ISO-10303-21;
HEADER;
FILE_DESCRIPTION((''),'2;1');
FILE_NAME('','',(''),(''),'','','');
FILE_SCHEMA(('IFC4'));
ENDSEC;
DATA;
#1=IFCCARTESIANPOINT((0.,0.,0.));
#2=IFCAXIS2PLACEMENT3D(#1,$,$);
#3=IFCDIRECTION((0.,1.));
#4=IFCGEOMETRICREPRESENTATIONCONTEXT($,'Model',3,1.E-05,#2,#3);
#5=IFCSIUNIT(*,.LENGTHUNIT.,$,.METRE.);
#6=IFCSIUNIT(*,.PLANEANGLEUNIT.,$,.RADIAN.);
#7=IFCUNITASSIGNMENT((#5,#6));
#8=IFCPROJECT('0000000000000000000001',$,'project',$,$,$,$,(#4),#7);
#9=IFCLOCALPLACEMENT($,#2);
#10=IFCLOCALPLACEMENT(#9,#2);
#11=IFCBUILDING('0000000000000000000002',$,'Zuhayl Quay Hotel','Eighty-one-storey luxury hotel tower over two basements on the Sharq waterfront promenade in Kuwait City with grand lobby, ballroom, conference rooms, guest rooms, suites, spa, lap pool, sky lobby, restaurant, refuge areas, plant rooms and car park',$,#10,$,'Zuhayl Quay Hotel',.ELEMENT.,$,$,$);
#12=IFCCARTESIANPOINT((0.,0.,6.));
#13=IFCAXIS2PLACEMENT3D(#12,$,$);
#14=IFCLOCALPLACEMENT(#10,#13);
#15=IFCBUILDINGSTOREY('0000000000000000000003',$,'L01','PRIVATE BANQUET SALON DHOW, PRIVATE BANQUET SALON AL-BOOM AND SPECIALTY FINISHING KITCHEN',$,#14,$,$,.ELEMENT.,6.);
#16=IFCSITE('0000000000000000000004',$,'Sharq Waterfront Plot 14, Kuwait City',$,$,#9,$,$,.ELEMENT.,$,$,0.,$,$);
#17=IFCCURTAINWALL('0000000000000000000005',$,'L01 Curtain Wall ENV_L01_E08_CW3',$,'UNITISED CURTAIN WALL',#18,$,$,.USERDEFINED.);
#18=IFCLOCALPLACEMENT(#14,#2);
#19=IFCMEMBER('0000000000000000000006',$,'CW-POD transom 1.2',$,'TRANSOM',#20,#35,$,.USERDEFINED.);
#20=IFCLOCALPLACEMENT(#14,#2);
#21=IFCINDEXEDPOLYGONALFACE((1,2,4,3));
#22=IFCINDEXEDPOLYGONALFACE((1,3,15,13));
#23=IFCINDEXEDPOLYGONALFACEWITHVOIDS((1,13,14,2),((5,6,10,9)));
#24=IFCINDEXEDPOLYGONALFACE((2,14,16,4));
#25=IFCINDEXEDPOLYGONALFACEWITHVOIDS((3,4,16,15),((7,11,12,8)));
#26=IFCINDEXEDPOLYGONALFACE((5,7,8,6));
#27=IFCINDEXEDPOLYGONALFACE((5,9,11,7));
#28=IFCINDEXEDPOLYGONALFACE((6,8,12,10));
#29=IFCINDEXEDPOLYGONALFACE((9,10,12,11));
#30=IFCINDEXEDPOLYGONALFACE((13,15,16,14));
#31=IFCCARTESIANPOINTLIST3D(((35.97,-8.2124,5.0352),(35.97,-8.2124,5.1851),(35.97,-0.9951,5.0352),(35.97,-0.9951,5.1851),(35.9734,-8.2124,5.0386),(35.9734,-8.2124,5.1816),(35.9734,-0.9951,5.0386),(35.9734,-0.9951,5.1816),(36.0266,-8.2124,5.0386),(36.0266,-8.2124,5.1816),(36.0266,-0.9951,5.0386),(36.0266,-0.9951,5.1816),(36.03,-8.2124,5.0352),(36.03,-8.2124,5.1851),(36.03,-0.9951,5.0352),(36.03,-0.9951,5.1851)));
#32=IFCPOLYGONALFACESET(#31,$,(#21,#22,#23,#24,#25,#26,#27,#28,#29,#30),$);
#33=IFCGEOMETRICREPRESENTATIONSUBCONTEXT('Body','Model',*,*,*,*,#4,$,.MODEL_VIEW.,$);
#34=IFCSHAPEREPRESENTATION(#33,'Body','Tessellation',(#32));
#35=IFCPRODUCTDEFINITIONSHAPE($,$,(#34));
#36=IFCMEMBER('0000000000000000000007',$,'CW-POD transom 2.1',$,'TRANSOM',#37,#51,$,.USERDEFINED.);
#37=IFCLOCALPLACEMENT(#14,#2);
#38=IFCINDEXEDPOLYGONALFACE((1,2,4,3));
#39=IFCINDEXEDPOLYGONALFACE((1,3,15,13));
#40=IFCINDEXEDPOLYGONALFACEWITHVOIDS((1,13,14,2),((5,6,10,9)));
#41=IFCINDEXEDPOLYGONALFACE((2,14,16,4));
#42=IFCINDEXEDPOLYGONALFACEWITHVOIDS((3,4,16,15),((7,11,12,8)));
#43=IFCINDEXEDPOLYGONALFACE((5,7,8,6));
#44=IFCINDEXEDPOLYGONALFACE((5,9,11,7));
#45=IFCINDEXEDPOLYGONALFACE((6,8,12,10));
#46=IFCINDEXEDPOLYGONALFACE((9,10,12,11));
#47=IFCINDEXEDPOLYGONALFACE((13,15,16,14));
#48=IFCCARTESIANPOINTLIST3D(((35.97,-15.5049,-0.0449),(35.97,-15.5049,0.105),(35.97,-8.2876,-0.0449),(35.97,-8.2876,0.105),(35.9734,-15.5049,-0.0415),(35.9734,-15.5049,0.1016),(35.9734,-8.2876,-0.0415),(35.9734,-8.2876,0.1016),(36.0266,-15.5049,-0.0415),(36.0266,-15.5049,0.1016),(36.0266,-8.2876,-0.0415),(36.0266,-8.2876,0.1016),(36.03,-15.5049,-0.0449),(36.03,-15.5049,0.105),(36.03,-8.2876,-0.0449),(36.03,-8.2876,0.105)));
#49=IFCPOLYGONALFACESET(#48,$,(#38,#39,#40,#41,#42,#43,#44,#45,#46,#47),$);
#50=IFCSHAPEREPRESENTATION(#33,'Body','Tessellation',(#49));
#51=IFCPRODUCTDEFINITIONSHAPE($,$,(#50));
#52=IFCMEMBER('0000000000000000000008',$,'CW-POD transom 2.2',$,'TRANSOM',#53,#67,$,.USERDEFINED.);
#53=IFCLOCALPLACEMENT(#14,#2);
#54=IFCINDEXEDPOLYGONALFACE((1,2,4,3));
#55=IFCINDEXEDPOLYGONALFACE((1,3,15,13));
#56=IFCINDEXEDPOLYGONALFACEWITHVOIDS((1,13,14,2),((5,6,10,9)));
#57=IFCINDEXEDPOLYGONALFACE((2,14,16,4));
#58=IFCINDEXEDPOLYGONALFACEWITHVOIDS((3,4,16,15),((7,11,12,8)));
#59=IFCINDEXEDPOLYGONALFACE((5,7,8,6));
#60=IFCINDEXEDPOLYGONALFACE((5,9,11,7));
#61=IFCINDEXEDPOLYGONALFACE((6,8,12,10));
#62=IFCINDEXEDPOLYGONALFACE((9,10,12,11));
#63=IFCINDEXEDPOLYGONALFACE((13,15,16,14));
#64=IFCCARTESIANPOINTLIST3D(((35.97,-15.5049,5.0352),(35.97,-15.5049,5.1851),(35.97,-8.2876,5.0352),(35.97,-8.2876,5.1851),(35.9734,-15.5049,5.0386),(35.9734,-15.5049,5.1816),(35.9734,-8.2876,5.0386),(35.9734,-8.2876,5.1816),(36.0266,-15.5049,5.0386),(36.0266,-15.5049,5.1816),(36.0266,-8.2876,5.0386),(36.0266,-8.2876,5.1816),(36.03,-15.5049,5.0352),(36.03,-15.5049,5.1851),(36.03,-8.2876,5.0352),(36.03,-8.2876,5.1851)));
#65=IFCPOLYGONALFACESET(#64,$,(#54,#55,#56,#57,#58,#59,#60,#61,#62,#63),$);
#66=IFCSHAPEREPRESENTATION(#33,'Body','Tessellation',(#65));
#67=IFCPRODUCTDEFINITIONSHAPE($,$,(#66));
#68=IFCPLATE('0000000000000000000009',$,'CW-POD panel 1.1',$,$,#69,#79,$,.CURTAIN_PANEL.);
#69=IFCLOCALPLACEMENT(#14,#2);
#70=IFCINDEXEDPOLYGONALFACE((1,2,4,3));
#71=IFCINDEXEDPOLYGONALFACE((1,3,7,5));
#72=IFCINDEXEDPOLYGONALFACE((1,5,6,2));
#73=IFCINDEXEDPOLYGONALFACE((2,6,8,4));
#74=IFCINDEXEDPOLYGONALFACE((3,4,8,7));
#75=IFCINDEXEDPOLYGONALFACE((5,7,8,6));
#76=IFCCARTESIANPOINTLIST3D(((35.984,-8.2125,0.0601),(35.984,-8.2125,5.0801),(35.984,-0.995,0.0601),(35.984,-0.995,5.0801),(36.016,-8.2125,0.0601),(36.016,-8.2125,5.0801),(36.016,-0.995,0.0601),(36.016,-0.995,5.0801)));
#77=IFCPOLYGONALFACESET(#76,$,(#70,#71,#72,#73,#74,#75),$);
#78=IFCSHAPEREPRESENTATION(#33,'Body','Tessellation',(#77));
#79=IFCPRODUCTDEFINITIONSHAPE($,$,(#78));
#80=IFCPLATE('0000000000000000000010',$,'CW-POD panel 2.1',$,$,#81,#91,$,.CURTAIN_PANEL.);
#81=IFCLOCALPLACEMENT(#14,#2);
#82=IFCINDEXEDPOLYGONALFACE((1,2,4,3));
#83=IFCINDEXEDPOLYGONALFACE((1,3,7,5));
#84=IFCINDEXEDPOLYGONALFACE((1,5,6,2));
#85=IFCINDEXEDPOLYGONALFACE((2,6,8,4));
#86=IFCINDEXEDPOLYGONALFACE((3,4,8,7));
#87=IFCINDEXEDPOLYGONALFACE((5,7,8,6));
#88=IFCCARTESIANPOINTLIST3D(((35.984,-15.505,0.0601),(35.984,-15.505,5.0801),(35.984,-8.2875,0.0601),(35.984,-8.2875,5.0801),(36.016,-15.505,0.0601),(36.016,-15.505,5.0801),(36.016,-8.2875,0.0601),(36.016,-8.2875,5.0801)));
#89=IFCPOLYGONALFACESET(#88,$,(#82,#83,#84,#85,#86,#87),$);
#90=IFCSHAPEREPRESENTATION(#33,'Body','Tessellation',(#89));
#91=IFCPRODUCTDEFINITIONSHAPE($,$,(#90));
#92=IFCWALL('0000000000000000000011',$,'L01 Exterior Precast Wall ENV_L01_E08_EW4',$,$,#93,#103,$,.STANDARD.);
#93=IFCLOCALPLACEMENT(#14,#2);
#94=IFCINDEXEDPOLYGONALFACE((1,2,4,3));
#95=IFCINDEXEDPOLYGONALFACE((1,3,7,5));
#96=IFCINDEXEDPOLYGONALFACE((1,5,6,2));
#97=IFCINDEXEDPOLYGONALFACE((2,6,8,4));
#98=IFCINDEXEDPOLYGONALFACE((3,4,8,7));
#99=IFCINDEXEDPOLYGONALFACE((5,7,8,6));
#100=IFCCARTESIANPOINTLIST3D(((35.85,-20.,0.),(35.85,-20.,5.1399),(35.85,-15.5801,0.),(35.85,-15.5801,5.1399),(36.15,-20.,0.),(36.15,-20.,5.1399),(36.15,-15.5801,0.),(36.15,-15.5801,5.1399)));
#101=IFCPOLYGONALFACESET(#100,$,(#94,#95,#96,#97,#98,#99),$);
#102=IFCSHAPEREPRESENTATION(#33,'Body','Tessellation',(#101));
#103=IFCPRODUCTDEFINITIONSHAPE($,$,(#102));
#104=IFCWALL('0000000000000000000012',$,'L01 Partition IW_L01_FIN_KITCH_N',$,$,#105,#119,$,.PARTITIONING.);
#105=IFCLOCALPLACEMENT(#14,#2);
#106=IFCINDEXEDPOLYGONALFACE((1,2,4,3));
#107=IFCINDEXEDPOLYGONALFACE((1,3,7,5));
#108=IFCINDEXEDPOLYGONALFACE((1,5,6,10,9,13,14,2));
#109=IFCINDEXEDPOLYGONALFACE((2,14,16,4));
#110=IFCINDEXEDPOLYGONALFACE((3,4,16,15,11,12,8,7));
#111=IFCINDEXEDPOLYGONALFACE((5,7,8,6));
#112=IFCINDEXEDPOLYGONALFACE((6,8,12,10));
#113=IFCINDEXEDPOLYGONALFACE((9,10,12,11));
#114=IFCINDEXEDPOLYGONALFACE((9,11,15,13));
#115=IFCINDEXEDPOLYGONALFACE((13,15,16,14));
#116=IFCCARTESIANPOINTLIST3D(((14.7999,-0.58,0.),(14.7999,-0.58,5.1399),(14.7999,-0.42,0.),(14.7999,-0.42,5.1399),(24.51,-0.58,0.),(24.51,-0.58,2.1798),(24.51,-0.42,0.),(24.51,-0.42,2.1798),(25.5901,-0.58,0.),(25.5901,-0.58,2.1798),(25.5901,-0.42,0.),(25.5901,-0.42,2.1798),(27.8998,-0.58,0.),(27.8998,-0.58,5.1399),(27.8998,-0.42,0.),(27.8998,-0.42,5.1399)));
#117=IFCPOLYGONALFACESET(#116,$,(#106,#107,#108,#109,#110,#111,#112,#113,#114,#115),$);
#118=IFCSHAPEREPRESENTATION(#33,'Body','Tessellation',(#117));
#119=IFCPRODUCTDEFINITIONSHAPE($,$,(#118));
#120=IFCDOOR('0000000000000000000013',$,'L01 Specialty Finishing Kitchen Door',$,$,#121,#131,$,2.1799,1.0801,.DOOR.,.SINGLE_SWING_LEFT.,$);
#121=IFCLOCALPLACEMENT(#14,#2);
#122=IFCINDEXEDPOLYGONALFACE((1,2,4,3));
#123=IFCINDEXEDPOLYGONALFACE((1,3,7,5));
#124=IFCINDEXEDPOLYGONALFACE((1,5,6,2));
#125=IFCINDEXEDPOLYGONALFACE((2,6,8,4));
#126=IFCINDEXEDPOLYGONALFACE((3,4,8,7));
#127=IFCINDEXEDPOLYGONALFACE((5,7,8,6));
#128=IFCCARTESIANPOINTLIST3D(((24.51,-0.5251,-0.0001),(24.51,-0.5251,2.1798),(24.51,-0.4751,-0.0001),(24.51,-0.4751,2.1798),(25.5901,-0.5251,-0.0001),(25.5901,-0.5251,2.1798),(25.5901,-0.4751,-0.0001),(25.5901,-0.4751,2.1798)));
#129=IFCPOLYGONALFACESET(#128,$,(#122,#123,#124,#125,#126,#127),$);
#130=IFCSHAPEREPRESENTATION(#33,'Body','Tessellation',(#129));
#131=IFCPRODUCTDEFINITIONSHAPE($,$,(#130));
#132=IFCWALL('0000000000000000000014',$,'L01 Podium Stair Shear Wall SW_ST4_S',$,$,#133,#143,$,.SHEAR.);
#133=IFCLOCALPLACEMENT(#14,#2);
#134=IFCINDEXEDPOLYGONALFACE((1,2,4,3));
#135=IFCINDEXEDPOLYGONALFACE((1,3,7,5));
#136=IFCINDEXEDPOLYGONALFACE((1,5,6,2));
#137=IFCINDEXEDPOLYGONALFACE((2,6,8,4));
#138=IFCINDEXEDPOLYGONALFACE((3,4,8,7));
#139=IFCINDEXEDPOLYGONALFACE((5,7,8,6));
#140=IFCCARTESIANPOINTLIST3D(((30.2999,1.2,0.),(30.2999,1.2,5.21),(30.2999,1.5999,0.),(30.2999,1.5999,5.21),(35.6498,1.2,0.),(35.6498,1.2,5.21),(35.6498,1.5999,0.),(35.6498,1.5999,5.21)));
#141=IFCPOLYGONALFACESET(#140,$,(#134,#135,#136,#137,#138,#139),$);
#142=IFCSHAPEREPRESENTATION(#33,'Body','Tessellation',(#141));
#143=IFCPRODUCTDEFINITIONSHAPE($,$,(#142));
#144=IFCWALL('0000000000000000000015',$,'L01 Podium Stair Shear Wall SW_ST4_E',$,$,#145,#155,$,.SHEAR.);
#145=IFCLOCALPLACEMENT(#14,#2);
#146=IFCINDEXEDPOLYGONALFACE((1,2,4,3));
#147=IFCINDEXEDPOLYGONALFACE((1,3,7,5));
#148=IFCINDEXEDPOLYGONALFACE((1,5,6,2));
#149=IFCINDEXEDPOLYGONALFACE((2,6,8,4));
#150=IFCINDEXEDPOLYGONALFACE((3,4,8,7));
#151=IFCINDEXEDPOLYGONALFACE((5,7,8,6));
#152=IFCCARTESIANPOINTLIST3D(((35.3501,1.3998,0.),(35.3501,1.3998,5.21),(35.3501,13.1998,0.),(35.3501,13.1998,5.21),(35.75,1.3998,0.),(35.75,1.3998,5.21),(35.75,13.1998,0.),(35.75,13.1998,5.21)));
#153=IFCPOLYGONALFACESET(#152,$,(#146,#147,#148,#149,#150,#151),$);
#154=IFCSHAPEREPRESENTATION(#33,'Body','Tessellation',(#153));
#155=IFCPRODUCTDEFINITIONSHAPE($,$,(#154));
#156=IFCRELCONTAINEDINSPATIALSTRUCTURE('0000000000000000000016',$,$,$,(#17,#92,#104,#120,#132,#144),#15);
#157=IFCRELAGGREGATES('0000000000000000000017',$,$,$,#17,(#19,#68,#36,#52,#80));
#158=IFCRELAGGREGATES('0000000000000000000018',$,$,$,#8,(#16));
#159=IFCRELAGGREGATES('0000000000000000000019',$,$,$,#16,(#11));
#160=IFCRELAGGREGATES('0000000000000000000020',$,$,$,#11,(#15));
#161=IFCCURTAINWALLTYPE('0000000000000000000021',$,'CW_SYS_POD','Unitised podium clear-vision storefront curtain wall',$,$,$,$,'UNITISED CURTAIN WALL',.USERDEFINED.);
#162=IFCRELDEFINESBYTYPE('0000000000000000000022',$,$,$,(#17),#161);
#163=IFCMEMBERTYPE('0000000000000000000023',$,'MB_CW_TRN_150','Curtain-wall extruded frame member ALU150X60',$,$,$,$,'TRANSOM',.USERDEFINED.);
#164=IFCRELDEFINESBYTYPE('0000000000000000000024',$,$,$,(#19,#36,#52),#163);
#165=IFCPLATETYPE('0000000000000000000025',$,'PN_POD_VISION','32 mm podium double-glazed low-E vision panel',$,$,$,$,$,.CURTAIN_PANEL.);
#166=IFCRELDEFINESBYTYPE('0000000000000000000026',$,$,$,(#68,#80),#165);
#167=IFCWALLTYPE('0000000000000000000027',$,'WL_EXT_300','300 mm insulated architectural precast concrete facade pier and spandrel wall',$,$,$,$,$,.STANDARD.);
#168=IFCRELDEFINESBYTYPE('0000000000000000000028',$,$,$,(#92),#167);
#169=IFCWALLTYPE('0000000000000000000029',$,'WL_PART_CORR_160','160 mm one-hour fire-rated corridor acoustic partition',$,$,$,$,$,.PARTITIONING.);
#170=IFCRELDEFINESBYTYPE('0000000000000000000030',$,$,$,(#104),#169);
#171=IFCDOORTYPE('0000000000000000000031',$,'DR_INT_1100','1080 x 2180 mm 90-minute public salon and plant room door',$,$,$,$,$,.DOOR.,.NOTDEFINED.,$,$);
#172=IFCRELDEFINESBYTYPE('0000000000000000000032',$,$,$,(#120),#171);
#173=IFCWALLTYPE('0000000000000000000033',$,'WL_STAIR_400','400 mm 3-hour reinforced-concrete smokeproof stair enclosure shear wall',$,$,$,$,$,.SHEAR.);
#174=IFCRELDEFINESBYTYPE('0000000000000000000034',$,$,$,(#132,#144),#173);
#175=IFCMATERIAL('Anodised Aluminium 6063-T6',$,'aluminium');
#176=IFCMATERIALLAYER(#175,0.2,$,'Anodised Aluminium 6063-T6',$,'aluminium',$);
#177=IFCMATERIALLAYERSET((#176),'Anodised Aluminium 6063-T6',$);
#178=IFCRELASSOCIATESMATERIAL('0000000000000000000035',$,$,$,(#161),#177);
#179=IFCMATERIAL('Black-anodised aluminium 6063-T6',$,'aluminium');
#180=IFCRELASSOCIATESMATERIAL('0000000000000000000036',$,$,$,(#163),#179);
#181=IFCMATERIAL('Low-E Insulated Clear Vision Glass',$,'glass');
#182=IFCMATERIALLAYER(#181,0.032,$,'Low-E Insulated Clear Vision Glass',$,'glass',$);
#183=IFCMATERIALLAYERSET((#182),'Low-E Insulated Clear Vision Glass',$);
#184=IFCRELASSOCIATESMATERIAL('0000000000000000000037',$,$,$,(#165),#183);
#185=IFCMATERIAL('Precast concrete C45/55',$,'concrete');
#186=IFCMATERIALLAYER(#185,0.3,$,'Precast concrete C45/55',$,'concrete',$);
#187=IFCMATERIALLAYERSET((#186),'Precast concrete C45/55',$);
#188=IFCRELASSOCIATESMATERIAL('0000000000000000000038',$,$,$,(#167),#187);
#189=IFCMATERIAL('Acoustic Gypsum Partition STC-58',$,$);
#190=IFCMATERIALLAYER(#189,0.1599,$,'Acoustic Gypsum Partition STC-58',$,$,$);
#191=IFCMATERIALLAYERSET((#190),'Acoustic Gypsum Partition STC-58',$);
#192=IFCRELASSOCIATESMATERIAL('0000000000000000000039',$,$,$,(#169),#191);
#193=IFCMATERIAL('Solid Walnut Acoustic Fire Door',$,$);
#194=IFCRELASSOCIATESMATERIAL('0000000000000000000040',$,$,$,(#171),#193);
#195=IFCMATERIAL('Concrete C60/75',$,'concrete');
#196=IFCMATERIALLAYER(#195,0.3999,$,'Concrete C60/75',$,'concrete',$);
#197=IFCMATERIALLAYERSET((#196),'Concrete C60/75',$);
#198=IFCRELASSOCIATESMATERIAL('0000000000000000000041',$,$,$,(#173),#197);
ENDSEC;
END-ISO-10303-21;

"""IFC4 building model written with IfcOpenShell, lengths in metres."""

from ifc_helpers import new_model, si_unit, direction, frame, frame_2d, origin, origin_2d, place, context, subcontext, project, spatial, rectangle, hollow_rectangle, extrude, material, layer, layer_set, material_profile, profile_set, type_object, element, fill, aggregate, save


model = new_model("IFC4")

# Units and contexts
model_context = context("Model", 3, precision=1e-05, world=origin(), true_north=direction((0.0, 1.0)))
body_context = subcontext(model_context, "Body", "Model", "MODEL_VIEW")
ifc_project = project(units=[si_unit("LENGTHUNIT", "METRE"), si_unit("PLANEANGLEUNIT", "RADIAN")], contexts=[model_context])

# Site, building, storey
site_placement = place(None, origin())
site = spatial("IfcSite", under=ifc_project, at=site_placement, Name="Sharq Waterfront Plot 14, Kuwait City", CompositionType="ELEMENT", RefElevation=0.0)
building_placement = place(site_placement, origin())
building = spatial("IfcBuilding", under=site, at=building_placement, Name="Zuhayl Quay Hotel", Description="Eighty-one-storey luxury hotel tower over two basements on the Sharq waterfront promenade in Kuwait City with grand lobby, ballroom, conference rooms, guest rooms, suites, spa, lap pool, sky lobby, restaurant, refuge areas, plant rooms and car park", LongName="Zuhayl Quay Hotel", CompositionType="ELEMENT")
storey_placement = place(building_placement, frame((0.0, 0.0, 6.0)))
storey = spatial("IfcBuildingStorey", under=building, at=storey_placement, Name="L01", Description="PRIVATE BANQUET SALON DHOW, PRIVATE BANQUET SALON AL-BOOM AND SPECIALTY FINISHING KITCHEN", CompositionType="ELEMENT", Elevation=6.0)

# Curtain wall, members, plates
ifc_material_1 = material(Name="Anodised Aluminium 6063-T6", Category="aluminium")
ifc_layer_1 = layer(ifc_material_1, 0.2, Name="Anodised Aluminium 6063-T6", Category="aluminium")
ifc_layer_set_1 = layer_set([ifc_layer_1], Name="Anodised Aluminium 6063-T6")
curtain_wall_type = type_object("IfcCurtainWallType", Name="CW_SYS_POD", Description="Unitised podium clear-vision storefront curtain wall", ElementType="UNITISED CURTAIN WALL", PredefinedType="USERDEFINED", material=ifc_layer_set_1)
curtain_wall_placement = place(storey_placement, origin())
curtain_wall = element("IfcCurtainWall", 1, at=curtain_wall_placement, inside=storey, type_object=curtain_wall_type, Name="L01 Curtain Wall ENV_L01_E08_CW3", ObjectType="UNITISED CURTAIN WALL", PredefinedType="USERDEFINED")
ifc_material_2 = material(Name="Black-anodised aluminium 6063-T6", Category="aluminium")
ifc_material_profile_1 = material_profile(ifc_material_2, hollow_rectangle(XDim=0.0601, YDim=0.1499, WallThickness=0.0034, at=origin_2d()), Name="ALU150X60")
ifc_profile_set_1 = profile_set([ifc_material_profile_1], Name="Black-anodised aluminium 6063-T6")
member_type_1 = type_object("IfcMemberType", Name="MB_CW_TRN_150", Description="Curtain-wall extruded frame member ALU150X60", ElementType="TRANSOM", PredefinedType="USERDEFINED", material=ifc_profile_set_1)
member_1_placement = place(storey_placement, frame((36.0, -0.9951, 5.1101), z_axis=(0.0, -1.0, 0.0), x_axis=(1.0, 0.0, 0.0)))
member_1 = element("IfcMember", 2, at=member_1_placement, type_object=member_type_1, Name="CW-POD transom 1.2", ObjectType="TRANSOM", PredefinedType="USERDEFINED", context=body_context, shape_type="SweptSolid", body=[
    extrude(hollow_rectangle(XDim=0.0601, YDim=0.1499, WallThickness=0.0034, at=origin_2d()), origin(), (0.0, 0.0, 1.0), 7.2173),
])
member_2_placement = place(storey_placement, frame((36.0, -8.2876, 0.03), z_axis=(0.0, -1.0, 0.0), x_axis=(1.0, 0.0, 0.0)))
member_2 = element("IfcMember", 3, at=member_2_placement, type_object=member_type_1, Name="CW-POD transom 2.1", ObjectType="TRANSOM", PredefinedType="USERDEFINED", context=body_context, shape_type="SweptSolid", body=[
    extrude(hollow_rectangle(XDim=0.0601, YDim=0.1499, WallThickness=0.0034, at=origin_2d()), origin(), (0.0, 0.0, 1.0), 7.2173),
])
member_3_placement = place(storey_placement, frame((36.0, -8.2876, 5.1101), z_axis=(0.0, -1.0, 0.0), x_axis=(1.0, 0.0, 0.0)))
member_3 = element("IfcMember", 4, at=member_3_placement, type_object=member_type_1, Name="CW-POD transom 2.2", ObjectType="TRANSOM", PredefinedType="USERDEFINED", context=body_context, shape_type="SweptSolid", body=[
    extrude(hollow_rectangle(XDim=0.0601, YDim=0.1499, WallThickness=0.0034, at=origin_2d()), origin(), (0.0, 0.0, 1.0), 7.2173),
])
ifc_material_3 = material(Name="Low-E Insulated Clear Vision Glass", Category="glass")
ifc_layer_2 = layer(ifc_material_3, 0.032, Name="Low-E Insulated Clear Vision Glass", Category="glass")
ifc_layer_set_2 = layer_set([ifc_layer_2], Name="Low-E Insulated Clear Vision Glass")
plate_type = type_object("IfcPlateType", Name="PN_POD_VISION", Description="32 mm podium double-glazed low-E vision panel", PredefinedType="CURTAIN_PANEL", material=ifc_layer_set_2)
plate_1_placement = place(storey_placement, frame((36.0, -4.6038, 0.0601), z_axis=(0.0, 0.0, 1.0), x_axis=(0.0, -1.0, 0.0)))
plate_1 = element("IfcPlate", 5, at=plate_1_placement, type_object=plate_type, Name="CW-POD panel 1.1", PredefinedType="CURTAIN_PANEL", context=body_context, shape_type="SweptSolid", body=[
    extrude(rectangle(XDim=7.2175, YDim=0.032, at=origin_2d()), origin(), (0.0, 0.0, 1.0), 5.02),
])
plate_2_placement = place(storey_placement, frame((36.0, -11.8962, 0.0601), z_axis=(0.0, 0.0, 1.0), x_axis=(0.0, -1.0, 0.0)))
plate_2 = element("IfcPlate", 6, at=plate_2_placement, type_object=plate_type, Name="CW-POD panel 2.1", PredefinedType="CURTAIN_PANEL", context=body_context, shape_type="SweptSolid", body=[
    extrude(rectangle(XDim=7.2175, YDim=0.032, at=origin_2d()), origin(), (0.0, 0.0, 1.0), 5.02),
])
aggregate(curtain_wall, [member_1, plate_1, member_2, member_3, plate_2])

# Wall
ifc_material_4 = material(Name="Precast concrete C45/55", Category="concrete")
ifc_layer_3 = layer(ifc_material_4, 0.3, Name="Precast concrete C45/55", Category="concrete")
ifc_layer_set_3 = layer_set([ifc_layer_3], Name="Precast concrete C45/55")
wall_type_1 = type_object("IfcWallType", Name="WL_EXT_300", Description="300 mm insulated architectural precast concrete facade pier and spandrel wall", PredefinedType="STANDARD", material=ifc_layer_set_3)
wall_1_placement = place(storey_placement, frame((36.0, -15.5801, 0.0), z_axis=(0.0, 0.0, 1.0), x_axis=(0.0, -1.0, 0.0)))
element("IfcWall", 7, at=wall_1_placement, inside=storey, type_object=wall_type_1, Name="L01 Exterior Precast Wall ENV_L01_E08_EW4", PredefinedType="STANDARD", context=body_context, shape_type="SweptSolid", body=[
    extrude(rectangle(XDim=4.4199, YDim=0.3, at=frame_2d((2.21, 0.0))), origin(), (0.0, 0.0, 1.0), 5.1399),
])

# Wall, opening, door
ifc_material_5 = material(Name="Acoustic Gypsum Partition STC-58")
ifc_layer_4 = layer(ifc_material_5, 0.1599, Name="Acoustic Gypsum Partition STC-58")
ifc_layer_set_4 = layer_set([ifc_layer_4], Name="Acoustic Gypsum Partition STC-58")
wall_type_2 = type_object("IfcWallType", Name="WL_PART_CORR_160", Description="160 mm one-hour fire-rated corridor acoustic partition", PredefinedType="PARTITIONING", material=ifc_layer_set_4)
wall_2_placement = place(storey_placement, frame((14.8, -0.5, 0.0), z_axis=(0.0, 0.0, 1.0), x_axis=(1.0, 0.0, 0.0)))
wall_2 = element("IfcWall", 8, at=wall_2_placement, inside=storey, type_object=wall_type_2, Name="L01 Partition IW_L01_FIN_KITCH_N", PredefinedType="PARTITIONING", context=body_context, shape_type="SweptSolid", body=[
    extrude(rectangle(XDim=13.0999, YDim=0.1599, at=frame_2d((6.5498, 0.0))), origin(), (0.0, 0.0, 1.0), 5.1399),
])
opening_placement = place(wall_2_placement, frame((9.71, 0.0, 0.0)))
opening = element("IfcOpeningElement", 9, at=opening_placement, cuts=wall_2, PredefinedType="OPENING", context=body_context, shape_type="SweptSolid", body=[
    extrude(rectangle(XDim=1.0801, YDim=2.1799, at=frame_2d((0.54, 1.0898))), frame((0.0, 0.0898, 0.0), z_axis=(0.0, -1.0, 0.0), x_axis=(1.0, 0.0, 0.0)), (0.0, 0.0, 1.0), 0.1799),
])
ifc_material_6 = material(Name="Solid Walnut Acoustic Fire Door")
door_type = type_object("IfcDoorType", Name="DR_INT_1100", Description="1080 x 2180 mm 90-minute public salon and plant room door", OperationType="NOTDEFINED", PredefinedType="DOOR", material=ifc_material_6)
door_placement = place(opening_placement, origin())
door = element("IfcDoor", 10, at=door_placement, inside=storey, type_object=door_type, Name="L01 Specialty Finishing Kitchen Door", OperationType="SINGLE_SWING_LEFT", OverallHeight=2.1799, OverallWidth=1.0801, PredefinedType="DOOR", context=body_context, shape_type="SweptSolid", body=[
    extrude(rectangle(XDim=1.0801, YDim=2.1799, at=frame_2d((0.54, 1.0898))), frame((0.0, 0.0249, 0.0), z_axis=(0.0, -1.0, 0.0), x_axis=(1.0, 0.0, 0.0)), (0.0, 0.0, 1.0), 0.05),
])
fill(opening, door)

# Walls
ifc_material_7 = material(Name="Concrete C60/75", Category="concrete")
ifc_layer_5 = layer(ifc_material_7, 0.3999, Name="Concrete C60/75", Category="concrete")
ifc_layer_set_5 = layer_set([ifc_layer_5], Name="Concrete C60/75")
wall_type_3 = type_object("IfcWallType", Name="WL_STAIR_400", Description="400 mm 3-hour reinforced-concrete smokeproof stair enclosure shear wall", PredefinedType="SHEAR", material=ifc_layer_set_5)
wall_3_placement = place(storey_placement, frame((30.3, 1.3999, 0.0), z_axis=(0.0, 0.0, 1.0), x_axis=(1.0, 0.0, 0.0)))
element("IfcWall", 11, at=wall_3_placement, inside=storey, type_object=wall_type_3, Name="L01 Podium Stair Shear Wall SW_ST4_S", PredefinedType="SHEAR", context=body_context, shape_type="SweptSolid", body=[
    extrude(rectangle(XDim=5.3499, YDim=0.3999, at=frame_2d((2.6748, 0.0))), origin(), (0.0, 0.0, 1.0), 5.21),
])
wall_4_placement = place(storey_placement, frame((35.55, 1.3999, 0.0), z_axis=(0.0, 0.0, 1.0), x_axis=(0.0, 1.0, 0.0)))
element("IfcWall", 12, at=wall_4_placement, inside=storey, type_object=wall_type_3, Name="L01 Podium Stair Shear Wall SW_ST4_E", PredefinedType="SHEAR", context=body_context, shape_type="SweptSolid", body=[
    extrude(rectangle(XDim=11.8, YDim=0.3999, at=frame_2d((5.8999, 0.0))), origin(), (0.0, 0.0, 1.0), 5.21),
])

save(model, "model.ifc")
